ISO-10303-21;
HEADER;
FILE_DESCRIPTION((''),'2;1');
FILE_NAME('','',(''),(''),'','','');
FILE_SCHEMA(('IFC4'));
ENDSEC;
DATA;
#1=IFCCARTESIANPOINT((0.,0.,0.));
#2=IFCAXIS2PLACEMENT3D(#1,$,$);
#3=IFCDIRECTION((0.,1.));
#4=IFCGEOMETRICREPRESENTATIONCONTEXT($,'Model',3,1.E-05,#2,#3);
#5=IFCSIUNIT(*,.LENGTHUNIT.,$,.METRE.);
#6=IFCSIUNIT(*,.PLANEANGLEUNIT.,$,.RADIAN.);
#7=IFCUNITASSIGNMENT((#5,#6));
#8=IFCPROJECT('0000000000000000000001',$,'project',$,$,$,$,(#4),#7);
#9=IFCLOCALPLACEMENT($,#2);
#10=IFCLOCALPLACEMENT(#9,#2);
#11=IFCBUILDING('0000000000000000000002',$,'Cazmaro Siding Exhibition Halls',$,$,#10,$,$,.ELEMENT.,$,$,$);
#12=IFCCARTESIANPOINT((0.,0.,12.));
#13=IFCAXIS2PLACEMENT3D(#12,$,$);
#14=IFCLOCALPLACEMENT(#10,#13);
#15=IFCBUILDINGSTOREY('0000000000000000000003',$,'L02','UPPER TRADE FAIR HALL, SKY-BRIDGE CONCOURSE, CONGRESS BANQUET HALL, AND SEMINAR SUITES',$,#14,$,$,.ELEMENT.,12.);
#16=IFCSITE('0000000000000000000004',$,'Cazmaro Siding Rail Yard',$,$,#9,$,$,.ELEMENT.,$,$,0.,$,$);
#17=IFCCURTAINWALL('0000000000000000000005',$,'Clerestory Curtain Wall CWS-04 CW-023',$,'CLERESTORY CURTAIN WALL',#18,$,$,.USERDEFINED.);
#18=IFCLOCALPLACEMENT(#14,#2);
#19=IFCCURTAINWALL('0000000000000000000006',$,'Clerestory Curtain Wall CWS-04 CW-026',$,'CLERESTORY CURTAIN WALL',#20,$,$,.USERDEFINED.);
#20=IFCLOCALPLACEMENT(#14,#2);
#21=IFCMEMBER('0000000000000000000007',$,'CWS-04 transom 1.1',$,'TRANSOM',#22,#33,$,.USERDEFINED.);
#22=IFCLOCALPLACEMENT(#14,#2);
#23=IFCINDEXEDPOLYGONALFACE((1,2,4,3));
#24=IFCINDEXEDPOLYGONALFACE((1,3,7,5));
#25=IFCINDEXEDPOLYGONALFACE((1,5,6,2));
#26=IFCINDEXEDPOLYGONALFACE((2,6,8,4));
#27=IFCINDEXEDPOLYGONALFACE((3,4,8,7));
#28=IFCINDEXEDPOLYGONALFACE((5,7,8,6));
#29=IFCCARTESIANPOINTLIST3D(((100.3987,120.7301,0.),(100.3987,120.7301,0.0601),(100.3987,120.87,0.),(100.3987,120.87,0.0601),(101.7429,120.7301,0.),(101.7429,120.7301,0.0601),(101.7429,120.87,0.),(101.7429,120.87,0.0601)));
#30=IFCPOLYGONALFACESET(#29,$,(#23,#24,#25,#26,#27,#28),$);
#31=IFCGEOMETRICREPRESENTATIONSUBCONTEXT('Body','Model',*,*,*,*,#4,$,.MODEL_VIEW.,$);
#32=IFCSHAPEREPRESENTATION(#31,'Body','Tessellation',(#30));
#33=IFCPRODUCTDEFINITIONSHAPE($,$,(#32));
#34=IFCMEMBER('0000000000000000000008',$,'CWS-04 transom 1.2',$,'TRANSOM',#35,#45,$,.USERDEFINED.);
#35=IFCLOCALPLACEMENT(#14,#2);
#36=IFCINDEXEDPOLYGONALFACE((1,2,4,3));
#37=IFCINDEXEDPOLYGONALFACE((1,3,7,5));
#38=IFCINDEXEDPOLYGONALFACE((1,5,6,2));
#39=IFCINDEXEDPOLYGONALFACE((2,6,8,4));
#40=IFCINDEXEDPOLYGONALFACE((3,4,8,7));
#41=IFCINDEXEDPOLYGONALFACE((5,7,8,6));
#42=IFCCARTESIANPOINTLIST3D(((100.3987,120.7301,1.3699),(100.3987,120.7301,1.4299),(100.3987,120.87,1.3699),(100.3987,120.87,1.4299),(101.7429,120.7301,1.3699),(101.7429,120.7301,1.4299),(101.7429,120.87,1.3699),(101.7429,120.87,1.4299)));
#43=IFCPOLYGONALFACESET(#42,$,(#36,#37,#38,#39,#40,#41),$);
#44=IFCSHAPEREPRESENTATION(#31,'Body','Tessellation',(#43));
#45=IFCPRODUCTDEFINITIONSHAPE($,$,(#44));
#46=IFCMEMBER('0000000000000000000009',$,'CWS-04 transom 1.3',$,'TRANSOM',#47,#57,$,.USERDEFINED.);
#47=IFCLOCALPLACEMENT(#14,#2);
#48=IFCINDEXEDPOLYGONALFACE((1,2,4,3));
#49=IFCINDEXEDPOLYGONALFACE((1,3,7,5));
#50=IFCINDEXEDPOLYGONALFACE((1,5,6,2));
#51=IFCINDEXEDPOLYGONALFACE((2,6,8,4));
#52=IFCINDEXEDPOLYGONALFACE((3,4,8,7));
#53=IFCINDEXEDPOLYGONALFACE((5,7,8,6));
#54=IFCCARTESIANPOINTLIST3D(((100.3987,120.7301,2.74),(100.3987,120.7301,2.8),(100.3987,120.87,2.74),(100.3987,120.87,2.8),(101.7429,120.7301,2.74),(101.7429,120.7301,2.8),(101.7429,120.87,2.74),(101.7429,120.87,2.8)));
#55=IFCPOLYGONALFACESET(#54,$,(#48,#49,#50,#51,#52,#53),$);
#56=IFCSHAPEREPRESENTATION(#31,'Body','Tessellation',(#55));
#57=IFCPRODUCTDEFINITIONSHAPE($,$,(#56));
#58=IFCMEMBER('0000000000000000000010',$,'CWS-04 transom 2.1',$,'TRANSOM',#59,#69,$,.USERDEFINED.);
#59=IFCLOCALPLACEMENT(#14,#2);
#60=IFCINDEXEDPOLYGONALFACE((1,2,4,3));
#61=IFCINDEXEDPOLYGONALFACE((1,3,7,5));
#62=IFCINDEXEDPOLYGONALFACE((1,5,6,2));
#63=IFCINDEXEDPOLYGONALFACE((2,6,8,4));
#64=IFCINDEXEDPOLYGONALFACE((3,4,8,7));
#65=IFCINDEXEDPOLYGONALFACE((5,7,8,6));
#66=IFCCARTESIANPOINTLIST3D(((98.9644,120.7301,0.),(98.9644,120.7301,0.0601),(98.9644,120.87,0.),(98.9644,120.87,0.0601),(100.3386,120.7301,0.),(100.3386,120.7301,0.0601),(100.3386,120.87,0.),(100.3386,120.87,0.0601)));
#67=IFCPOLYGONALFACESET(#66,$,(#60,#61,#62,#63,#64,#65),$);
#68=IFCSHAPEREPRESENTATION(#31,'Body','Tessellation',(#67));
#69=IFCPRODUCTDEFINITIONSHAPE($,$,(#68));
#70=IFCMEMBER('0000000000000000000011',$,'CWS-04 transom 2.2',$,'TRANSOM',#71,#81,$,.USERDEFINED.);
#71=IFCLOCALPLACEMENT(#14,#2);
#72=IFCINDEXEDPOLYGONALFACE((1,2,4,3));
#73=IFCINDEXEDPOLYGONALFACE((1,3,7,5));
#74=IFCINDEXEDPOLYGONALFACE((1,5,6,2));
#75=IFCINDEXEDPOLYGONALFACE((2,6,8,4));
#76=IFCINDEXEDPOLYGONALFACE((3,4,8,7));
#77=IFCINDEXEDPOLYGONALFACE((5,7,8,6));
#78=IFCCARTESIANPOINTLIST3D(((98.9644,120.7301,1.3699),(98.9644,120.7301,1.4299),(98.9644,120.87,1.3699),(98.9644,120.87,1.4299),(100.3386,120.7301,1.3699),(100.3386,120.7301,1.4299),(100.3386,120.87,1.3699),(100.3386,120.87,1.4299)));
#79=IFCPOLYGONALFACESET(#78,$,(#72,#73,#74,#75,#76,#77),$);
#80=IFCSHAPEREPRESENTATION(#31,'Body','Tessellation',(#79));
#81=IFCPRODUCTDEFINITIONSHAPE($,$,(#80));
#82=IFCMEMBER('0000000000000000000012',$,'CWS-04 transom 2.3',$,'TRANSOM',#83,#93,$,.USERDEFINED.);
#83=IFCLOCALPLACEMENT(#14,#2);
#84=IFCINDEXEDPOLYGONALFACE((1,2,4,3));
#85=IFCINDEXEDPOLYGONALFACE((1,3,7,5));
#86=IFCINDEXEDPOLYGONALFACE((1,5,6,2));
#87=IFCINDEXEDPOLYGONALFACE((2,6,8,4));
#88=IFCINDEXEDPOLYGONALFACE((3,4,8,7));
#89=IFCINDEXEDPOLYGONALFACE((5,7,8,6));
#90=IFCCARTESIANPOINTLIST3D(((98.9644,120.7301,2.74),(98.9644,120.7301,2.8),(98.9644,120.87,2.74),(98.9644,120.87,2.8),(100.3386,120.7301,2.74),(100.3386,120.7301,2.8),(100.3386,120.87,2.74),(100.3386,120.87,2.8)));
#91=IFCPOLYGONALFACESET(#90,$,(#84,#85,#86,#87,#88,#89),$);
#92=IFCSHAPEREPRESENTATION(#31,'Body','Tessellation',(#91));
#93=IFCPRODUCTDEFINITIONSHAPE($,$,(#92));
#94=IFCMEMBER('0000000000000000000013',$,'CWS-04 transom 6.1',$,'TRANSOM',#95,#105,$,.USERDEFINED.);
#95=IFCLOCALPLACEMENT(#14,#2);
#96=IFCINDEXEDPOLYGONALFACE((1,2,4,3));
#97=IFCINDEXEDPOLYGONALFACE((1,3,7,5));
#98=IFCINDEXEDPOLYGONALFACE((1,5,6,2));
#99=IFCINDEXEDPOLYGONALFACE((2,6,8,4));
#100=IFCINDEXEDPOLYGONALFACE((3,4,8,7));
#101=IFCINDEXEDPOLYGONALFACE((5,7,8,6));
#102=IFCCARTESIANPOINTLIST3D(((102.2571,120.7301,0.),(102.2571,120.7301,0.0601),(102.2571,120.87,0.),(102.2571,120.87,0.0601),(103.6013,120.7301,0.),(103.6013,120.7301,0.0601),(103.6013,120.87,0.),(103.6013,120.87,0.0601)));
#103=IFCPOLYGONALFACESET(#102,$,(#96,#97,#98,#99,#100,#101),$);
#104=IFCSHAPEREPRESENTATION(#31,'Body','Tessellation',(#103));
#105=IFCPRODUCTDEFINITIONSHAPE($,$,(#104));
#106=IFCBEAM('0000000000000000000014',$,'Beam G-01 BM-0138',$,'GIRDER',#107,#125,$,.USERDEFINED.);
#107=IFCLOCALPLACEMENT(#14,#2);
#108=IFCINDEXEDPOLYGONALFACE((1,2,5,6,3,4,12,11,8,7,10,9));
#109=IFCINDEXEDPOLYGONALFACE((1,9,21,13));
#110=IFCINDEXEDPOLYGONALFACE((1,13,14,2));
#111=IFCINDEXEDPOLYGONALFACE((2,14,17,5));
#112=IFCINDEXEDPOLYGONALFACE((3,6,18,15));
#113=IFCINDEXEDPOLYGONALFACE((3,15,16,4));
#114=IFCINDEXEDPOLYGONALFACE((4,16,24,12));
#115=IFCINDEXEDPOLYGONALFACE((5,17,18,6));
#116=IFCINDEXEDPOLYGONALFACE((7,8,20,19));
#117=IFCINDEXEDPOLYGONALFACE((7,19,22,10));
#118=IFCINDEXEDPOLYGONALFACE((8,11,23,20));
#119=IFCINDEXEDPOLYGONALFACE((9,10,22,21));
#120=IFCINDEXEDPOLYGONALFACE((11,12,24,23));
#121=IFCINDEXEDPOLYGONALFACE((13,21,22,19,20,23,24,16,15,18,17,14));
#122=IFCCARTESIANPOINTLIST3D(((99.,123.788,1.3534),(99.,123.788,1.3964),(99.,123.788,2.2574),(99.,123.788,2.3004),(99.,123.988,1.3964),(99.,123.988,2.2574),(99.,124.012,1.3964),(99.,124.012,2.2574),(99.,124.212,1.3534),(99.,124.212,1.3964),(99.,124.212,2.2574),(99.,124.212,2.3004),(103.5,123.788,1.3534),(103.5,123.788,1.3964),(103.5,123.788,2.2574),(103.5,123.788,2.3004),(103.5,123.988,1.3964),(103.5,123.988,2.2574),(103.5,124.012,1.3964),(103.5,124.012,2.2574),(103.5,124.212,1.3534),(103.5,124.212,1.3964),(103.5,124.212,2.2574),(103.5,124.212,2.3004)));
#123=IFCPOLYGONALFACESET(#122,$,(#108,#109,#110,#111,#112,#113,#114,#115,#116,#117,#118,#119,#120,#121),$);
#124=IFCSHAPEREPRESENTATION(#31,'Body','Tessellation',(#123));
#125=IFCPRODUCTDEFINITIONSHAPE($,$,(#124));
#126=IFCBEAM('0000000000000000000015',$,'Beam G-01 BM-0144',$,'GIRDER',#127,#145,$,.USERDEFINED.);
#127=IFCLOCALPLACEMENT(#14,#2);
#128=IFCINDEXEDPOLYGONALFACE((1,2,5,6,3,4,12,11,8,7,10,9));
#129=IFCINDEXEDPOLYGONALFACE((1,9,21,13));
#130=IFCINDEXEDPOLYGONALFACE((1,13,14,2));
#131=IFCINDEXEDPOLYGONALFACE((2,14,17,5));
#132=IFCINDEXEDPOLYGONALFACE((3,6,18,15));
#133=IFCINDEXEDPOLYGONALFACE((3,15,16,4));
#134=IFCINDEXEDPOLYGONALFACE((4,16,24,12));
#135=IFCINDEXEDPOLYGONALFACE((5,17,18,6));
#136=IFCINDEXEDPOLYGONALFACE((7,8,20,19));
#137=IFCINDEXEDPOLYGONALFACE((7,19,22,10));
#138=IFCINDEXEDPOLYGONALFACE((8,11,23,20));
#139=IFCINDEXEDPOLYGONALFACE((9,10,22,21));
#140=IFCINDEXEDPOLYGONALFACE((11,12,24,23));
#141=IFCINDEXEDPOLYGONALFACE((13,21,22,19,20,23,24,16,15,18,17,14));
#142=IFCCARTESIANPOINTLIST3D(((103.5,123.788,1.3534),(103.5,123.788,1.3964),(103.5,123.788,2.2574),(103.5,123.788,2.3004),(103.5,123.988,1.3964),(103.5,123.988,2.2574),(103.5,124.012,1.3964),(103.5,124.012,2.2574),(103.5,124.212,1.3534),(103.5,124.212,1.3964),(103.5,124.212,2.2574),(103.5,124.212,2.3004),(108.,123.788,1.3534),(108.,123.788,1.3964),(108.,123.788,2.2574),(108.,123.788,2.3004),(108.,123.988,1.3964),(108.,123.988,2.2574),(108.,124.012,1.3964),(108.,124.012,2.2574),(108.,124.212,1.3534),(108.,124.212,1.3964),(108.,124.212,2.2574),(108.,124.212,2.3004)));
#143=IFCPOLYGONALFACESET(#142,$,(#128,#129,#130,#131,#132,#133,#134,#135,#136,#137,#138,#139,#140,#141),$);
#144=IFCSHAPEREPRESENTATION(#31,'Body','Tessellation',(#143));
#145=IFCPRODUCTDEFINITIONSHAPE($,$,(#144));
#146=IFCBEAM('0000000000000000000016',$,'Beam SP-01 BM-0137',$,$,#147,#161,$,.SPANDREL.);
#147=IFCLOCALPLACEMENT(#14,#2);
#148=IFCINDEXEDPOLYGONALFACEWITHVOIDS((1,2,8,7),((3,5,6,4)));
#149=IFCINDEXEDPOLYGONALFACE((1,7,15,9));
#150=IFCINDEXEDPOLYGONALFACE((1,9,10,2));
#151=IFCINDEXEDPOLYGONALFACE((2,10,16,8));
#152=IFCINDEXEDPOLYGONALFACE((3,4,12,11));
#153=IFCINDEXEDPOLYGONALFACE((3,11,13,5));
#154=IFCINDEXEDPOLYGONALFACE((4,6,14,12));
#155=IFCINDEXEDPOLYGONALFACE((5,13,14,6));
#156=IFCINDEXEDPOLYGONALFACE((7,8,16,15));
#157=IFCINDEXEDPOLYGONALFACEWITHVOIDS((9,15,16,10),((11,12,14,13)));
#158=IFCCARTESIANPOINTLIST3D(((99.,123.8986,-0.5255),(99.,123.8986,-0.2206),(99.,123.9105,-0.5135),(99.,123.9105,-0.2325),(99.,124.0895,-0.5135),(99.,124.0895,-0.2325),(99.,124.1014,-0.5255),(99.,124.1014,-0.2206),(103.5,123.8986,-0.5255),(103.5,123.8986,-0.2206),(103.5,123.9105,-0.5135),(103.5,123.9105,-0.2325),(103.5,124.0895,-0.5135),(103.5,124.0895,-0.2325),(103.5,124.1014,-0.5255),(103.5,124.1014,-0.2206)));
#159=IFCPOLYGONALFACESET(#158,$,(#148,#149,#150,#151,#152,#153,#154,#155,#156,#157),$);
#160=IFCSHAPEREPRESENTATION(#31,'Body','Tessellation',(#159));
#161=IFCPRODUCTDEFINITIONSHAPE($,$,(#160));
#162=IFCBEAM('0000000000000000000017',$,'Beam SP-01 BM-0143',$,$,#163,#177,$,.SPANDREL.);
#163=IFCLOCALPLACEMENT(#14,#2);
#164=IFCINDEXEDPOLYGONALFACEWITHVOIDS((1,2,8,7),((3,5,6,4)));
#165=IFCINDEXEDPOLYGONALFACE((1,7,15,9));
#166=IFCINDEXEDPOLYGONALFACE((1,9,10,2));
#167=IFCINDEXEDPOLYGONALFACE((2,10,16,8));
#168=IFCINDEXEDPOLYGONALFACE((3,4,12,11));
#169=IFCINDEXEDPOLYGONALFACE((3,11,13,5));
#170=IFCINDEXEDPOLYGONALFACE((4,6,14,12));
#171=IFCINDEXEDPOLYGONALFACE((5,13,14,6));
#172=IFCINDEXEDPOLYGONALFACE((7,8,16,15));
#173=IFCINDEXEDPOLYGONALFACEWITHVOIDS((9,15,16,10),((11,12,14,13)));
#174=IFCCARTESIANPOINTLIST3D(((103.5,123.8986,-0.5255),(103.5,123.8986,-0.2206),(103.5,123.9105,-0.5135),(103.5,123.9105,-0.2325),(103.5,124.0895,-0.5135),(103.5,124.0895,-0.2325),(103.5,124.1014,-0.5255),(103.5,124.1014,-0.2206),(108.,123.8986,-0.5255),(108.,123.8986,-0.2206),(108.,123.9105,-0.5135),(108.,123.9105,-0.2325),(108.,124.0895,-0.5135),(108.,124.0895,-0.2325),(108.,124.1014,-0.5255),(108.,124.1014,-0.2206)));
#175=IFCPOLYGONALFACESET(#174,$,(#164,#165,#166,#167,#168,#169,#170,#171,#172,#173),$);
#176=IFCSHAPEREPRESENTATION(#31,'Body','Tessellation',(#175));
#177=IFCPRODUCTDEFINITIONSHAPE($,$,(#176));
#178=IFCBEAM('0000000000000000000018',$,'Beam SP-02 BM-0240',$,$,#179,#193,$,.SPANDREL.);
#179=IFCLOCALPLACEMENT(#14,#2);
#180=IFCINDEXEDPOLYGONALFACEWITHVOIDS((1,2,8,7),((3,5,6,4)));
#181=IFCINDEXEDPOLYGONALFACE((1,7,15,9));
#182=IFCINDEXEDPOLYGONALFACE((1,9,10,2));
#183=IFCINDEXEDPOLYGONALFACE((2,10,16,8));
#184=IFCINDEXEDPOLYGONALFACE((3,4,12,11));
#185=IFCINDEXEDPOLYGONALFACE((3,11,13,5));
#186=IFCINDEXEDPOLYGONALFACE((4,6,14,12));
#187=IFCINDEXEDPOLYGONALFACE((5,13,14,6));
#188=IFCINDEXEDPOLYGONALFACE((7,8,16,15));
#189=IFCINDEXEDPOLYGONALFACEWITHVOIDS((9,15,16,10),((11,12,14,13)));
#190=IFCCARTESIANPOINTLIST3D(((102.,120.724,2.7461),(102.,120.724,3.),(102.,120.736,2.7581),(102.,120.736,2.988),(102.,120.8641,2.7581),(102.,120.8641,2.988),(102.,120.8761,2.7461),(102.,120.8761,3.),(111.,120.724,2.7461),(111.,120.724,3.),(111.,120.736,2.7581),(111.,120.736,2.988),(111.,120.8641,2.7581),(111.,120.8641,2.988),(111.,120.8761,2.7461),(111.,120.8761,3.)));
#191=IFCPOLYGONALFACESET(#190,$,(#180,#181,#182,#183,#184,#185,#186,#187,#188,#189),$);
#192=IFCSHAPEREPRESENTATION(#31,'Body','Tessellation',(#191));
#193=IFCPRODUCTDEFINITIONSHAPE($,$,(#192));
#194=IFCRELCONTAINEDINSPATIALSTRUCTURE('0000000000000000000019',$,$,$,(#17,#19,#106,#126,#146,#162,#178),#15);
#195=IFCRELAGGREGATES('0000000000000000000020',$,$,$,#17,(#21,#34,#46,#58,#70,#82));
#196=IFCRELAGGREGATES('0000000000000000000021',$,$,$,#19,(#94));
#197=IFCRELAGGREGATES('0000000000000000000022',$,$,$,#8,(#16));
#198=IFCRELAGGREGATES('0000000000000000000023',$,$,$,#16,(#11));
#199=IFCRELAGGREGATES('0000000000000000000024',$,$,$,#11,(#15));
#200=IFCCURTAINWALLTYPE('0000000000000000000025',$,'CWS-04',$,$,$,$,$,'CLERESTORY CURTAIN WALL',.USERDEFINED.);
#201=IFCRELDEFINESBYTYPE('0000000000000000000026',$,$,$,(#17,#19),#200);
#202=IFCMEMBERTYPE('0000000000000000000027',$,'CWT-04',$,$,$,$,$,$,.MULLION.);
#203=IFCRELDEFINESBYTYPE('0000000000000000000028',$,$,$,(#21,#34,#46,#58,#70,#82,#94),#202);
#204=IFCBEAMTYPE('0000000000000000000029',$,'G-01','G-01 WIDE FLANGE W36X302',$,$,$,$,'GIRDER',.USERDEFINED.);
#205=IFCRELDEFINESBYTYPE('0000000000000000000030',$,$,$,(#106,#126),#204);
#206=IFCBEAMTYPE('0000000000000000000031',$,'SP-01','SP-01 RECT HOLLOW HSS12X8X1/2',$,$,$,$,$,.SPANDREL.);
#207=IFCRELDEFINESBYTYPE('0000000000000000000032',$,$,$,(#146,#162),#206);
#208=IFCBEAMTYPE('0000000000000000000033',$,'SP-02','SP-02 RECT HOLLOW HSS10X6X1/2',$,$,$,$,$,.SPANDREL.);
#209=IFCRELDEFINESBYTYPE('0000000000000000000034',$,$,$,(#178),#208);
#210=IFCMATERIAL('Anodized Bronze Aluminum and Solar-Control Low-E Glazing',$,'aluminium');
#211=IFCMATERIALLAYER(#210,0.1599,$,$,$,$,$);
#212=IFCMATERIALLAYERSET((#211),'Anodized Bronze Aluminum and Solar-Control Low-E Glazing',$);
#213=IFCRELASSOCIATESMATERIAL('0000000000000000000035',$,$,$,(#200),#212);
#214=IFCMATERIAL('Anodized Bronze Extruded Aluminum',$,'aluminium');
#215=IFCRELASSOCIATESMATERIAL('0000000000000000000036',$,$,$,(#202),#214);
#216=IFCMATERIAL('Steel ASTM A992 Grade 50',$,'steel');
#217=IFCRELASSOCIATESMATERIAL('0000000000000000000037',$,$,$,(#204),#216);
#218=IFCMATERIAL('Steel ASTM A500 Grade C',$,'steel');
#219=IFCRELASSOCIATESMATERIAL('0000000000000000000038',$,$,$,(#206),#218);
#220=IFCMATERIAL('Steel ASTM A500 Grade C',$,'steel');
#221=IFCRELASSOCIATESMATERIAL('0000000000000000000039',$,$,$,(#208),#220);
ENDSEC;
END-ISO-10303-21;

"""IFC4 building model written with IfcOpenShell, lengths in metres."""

from ifc_helpers import new_model, si_unit, direction, frame, origin, origin_2d, place, context, subcontext, project, spatial, rectangle, hollow_rectangle, i_section, extrude, material, layer, layer_set, material_profile, profile_set, type_object, element, aggregate, save


model = new_model("IFC4")

# Units and contexts
model_context = context("Model", 3, precision=1e-05, world=origin(), true_north=direction((0.0, 1.0)))
body_context = subcontext(model_context, "Body", "Model", "MODEL_VIEW")
ifc_project = project(units=[si_unit("LENGTHUNIT", "METRE"), si_unit("PLANEANGLEUNIT", "RADIAN")], contexts=[model_context])

# Site, building, storey
site_placement = place(None, origin())
site = spatial("IfcSite", under=ifc_project, at=site_placement, Name="Cazmaro Siding Rail Yard", CompositionType="ELEMENT", RefElevation=0.0)
building_placement = place(site_placement, origin())
building = spatial("IfcBuilding", under=site, at=building_placement, Name="Cazmaro Siding Exhibition Halls", CompositionType="ELEMENT")
storey_placement = place(building_placement, frame((0.0, 0.0, 12.0)))
storey = spatial("IfcBuildingStorey", under=building, at=storey_placement, Name="L02", Description="UPPER TRADE FAIR HALL, SKY-BRIDGE CONCOURSE, CONGRESS BANQUET HALL, AND SEMINAR SUITES", CompositionType="ELEMENT", Elevation=12.0)

# Curtain wall
ifc_material_1 = material(Name="Anodized Bronze Aluminum and Solar-Control Low-E Glazing", Category="aluminium")
ifc_layer_1 = layer(ifc_material_1, 0.1599)
ifc_layer_set_1 = layer_set([ifc_layer_1], Name="Anodized Bronze Aluminum and Solar-Control Low-E Glazing")
curtain_wall_type = type_object("IfcCurtainWallType", Name="CWS-04", ElementType="CLERESTORY CURTAIN WALL", PredefinedType="USERDEFINED", material=ifc_layer_set_1)
curtain_wall_1_placement = place(storey_placement, origin())
curtain_wall_1 = element("IfcCurtainWall", 1, at=curtain_wall_1_placement, inside=storey, type_object=curtain_wall_type, Name="Clerestory Curtain Wall CWS-04 CW-023", ObjectType="CLERESTORY CURTAIN WALL", PredefinedType="USERDEFINED")

# Curtain wall
curtain_wall_2_placement = place(storey_placement, origin())
curtain_wall_2 = element("IfcCurtainWall", 2, at=curtain_wall_2_placement, inside=storey, type_object=curtain_wall_type, Name="Clerestory Curtain Wall CWS-04 CW-026", ObjectType="CLERESTORY CURTAIN WALL", PredefinedType="USERDEFINED")

# Members
ifc_material_2 = material(Name="Anodized Bronze Extruded Aluminum", Category="aluminium")
ifc_material_profile_1 = material_profile(ifc_material_2, rectangle(XDim=0.1399, YDim=0.0601, at=origin_2d()), Name="CWT-04")
ifc_profile_set_1 = profile_set([ifc_material_profile_1], Name="Anodized Bronze Extruded Aluminum")
member_type_1 = type_object("IfcMemberType", Name="CWT-04", PredefinedType="MULLION", material=ifc_profile_set_1)
member_1_placement = place(storey_placement, frame((101.7429, 120.8, 0.03), z_axis=(-1.0, 0.0, 0.0), x_axis=(0.0, -1.0, 0.0)))
member_1 = element("IfcMember", 3, at=member_1_placement, type_object=member_type_1, Name="CWS-04 transom 1.1", ObjectType="TRANSOM", PredefinedType="USERDEFINED", context=body_context, shape_type="SweptSolid", body=[
    extrude(rectangle(XDim=0.1399, YDim=0.0601, at=origin_2d()), origin(), (0.0, 0.0, 1.0), 1.3442),
])
member_2_placement = place(storey_placement, frame((101.7429, 120.8, 1.3999), z_axis=(-1.0, 0.0, 0.0), x_axis=(0.0, -1.0, 0.0)))
member_2 = element("IfcMember", 4, at=member_2_placement, type_object=member_type_1, Name="CWS-04 transom 1.2", ObjectType="TRANSOM", PredefinedType="USERDEFINED", context=body_context, shape_type="SweptSolid", body=[
    extrude(rectangle(XDim=0.1399, YDim=0.0601, at=origin_2d()), origin(), (0.0, 0.0, 1.0), 1.3442),
])
member_3_placement = place(storey_placement, frame((101.7429, 120.8, 2.77), z_axis=(-1.0, 0.0, 0.0), x_axis=(0.0, -1.0, 0.0)))
member_3 = element("IfcMember", 5, at=member_3_placement, type_object=member_type_1, Name="CWS-04 transom 1.3", ObjectType="TRANSOM", PredefinedType="USERDEFINED", context=body_context, shape_type="SweptSolid", body=[
    extrude(rectangle(XDim=0.1399, YDim=0.0601, at=origin_2d()), origin(), (0.0, 0.0, 1.0), 1.3442),
])
member_4_placement = place(storey_placement, frame((100.3386, 120.8, 0.03), z_axis=(-1.0, 0.0, 0.0), x_axis=(0.0, -1.0, 0.0)))
member_4 = element("IfcMember", 6, at=member_4_placement, type_object=member_type_1, Name="CWS-04 transom 2.1", ObjectType="TRANSOM", PredefinedType="USERDEFINED", context=body_context, shape_type="SweptSolid", body=[
    extrude(rectangle(XDim=0.1399, YDim=0.0601, at=origin_2d()), origin(), (0.0, 0.0, 1.0), 1.3743),
])
member_5_placement = place(storey_placement, frame((100.3386, 120.8, 1.3999), z_axis=(-1.0, 0.0, 0.0), x_axis=(0.0, -1.0, 0.0)))
member_5 = element("IfcMember", 7, at=member_5_placement, type_object=member_type_1, Name="CWS-04 transom 2.2", ObjectType="TRANSOM", PredefinedType="USERDEFINED", context=body_context, shape_type="SweptSolid", body=[
    extrude(rectangle(XDim=0.1399, YDim=0.0601, at=origin_2d()), origin(), (0.0, 0.0, 1.0), 1.3743),
])
member_6_placement = place(storey_placement, frame((100.3386, 120.8, 2.77), z_axis=(-1.0, 0.0, 0.0), x_axis=(0.0, -1.0, 0.0)))
member_6 = element("IfcMember", 8, at=member_6_placement, type_object=member_type_1, Name="CWS-04 transom 2.3", ObjectType="TRANSOM", PredefinedType="USERDEFINED", context=body_context, shape_type="SweptSolid", body=[
    extrude(rectangle(XDim=0.1399, YDim=0.0601, at=origin_2d()), origin(), (0.0, 0.0, 1.0), 1.3743),
])
member_7_placement = place(storey_placement, frame((103.6013, 120.8, 0.03), z_axis=(-1.0, 0.0, 0.0), x_axis=(0.0, -1.0, 0.0)))
member_7 = element("IfcMember", 9, at=member_7_placement, type_object=member_type_1, Name="CWS-04 transom 6.1", ObjectType="TRANSOM", PredefinedType="USERDEFINED", context=body_context, shape_type="SweptSolid", body=[
    extrude(rectangle(XDim=0.1399, YDim=0.0601, at=origin_2d()), origin(), (0.0, 0.0, 1.0), 1.3442),
])

# Beams
ifc_material_3 = material(Name="Steel ASTM A992 Grade 50", Category="steel")
ifc_material_profile_2 = material_profile(ifc_material_3, i_section(OverallWidth=0.4241, OverallDepth=0.947, WebThickness=0.0239, FlangeThickness=0.043, at=origin_2d()), Name="W36X302")
ifc_profile_set_2 = profile_set([ifc_material_profile_2], Name="Steel ASTM A992 Grade 50")
beam_type_1 = type_object("IfcBeamType", Name="G-01", Description="G-01 WIDE FLANGE W36X302", ElementType="GIRDER", PredefinedType="USERDEFINED", material=ifc_profile_set_2)
for number, where, z_axis, x_axis, name in (
    (10, (99.0, 124.0, 1.8269), (1.0, 0.0, 0.0), (0.0, 1.0, 0.0), "Beam G-01 BM-0138"),
    (11, (103.5, 124.0, 1.8269), (1.0, 0.0, 0.0), (0.0, 1.0, 0.0), "Beam G-01 BM-0144"),
):
    element("IfcBeam", number, at=place(storey_placement, frame(where, z_axis=z_axis, x_axis=x_axis)), inside=storey, type_object=beam_type_1, Name=name, ObjectType="GIRDER", PredefinedType="USERDEFINED", context=body_context, shape_type="SweptSolid", body=[
        extrude(i_section(OverallWidth=0.4241, OverallDepth=0.947, WebThickness=0.0239, FlangeThickness=0.043, at=origin_2d()), origin(), (0.0, 0.0, 1.0), 4.5),
    ])
ifc_material_4 = material(Name="Steel ASTM A500 Grade C", Category="steel")
ifc_material_profile_3 = material_profile(ifc_material_4, hollow_rectangle(XDim=0.2029, YDim=0.3049, WallThickness=0.012, at=origin_2d()), Name="HSS12X8X1/2")
ifc_profile_set_3 = profile_set([ifc_material_profile_3], Name="Steel ASTM A500 Grade C")
beam_type_2 = type_object("IfcBeamType", Name="SP-01", Description="SP-01 RECT HOLLOW HSS12X8X1/2", PredefinedType="SPANDREL", material=ifc_profile_set_3)
for number, where, z_axis, x_axis, name in (
    (12, (99.0, 124.0, -0.373), (1.0, 0.0, 0.0), (0.0, 1.0, 0.0), "Beam SP-01 BM-0137"),
    (13, (103.5, 124.0, -0.373), (1.0, 0.0, 0.0), (0.0, 1.0, 0.0), "Beam SP-01 BM-0143"),
):
    element("IfcBeam", number, at=place(storey_placement, frame(where, z_axis=z_axis, x_axis=x_axis)), inside=storey, type_object=beam_type_2, Name=name, PredefinedType="SPANDREL", context=body_context, shape_type="SweptSolid", body=[
        extrude(hollow_rectangle(XDim=0.2029, YDim=0.3049, WallThickness=0.012, at=origin_2d()), origin(), (0.0, 0.0, 1.0), 4.5),
    ])
ifc_material_5 = material(Name="Steel ASTM A500 Grade C", Category="steel")
ifc_material_profile_4 = material_profile(ifc_material_5, hollow_rectangle(XDim=0.1521, YDim=0.2539, WallThickness=0.012, at=origin_2d()), Name="HSS10X6X1/2")
ifc_profile_set_4 = profile_set([ifc_material_profile_4], Name="Steel ASTM A500 Grade C")
beam_type_3 = type_object("IfcBeamType", Name="SP-02", Description="SP-02 RECT HOLLOW HSS10X6X1/2", PredefinedType="SPANDREL", material=ifc_profile_set_4)
beam_1_placement = place(storey_placement, frame((102.0, 120.8, 2.873), z_axis=(1.0, 0.0, 0.0), x_axis=(0.0, 1.0, 0.0)))
element("IfcBeam", 14, at=beam_1_placement, inside=storey, type_object=beam_type_3, Name="Beam SP-02 BM-0240", PredefinedType="SPANDREL", context=body_context, shape_type="SweptSolid", body=[
    extrude(hollow_rectangle(XDim=0.1521, YDim=0.2539, WallThickness=0.012, at=origin_2d()), origin(), (0.0, 0.0, 1.0), 9.0),
])

aggregate(curtain_wall_1, [member_1, member_2, member_3, member_4, member_5, member_6])
aggregate(curtain_wall_2, [member_7])

save(model, "model.ifc")
